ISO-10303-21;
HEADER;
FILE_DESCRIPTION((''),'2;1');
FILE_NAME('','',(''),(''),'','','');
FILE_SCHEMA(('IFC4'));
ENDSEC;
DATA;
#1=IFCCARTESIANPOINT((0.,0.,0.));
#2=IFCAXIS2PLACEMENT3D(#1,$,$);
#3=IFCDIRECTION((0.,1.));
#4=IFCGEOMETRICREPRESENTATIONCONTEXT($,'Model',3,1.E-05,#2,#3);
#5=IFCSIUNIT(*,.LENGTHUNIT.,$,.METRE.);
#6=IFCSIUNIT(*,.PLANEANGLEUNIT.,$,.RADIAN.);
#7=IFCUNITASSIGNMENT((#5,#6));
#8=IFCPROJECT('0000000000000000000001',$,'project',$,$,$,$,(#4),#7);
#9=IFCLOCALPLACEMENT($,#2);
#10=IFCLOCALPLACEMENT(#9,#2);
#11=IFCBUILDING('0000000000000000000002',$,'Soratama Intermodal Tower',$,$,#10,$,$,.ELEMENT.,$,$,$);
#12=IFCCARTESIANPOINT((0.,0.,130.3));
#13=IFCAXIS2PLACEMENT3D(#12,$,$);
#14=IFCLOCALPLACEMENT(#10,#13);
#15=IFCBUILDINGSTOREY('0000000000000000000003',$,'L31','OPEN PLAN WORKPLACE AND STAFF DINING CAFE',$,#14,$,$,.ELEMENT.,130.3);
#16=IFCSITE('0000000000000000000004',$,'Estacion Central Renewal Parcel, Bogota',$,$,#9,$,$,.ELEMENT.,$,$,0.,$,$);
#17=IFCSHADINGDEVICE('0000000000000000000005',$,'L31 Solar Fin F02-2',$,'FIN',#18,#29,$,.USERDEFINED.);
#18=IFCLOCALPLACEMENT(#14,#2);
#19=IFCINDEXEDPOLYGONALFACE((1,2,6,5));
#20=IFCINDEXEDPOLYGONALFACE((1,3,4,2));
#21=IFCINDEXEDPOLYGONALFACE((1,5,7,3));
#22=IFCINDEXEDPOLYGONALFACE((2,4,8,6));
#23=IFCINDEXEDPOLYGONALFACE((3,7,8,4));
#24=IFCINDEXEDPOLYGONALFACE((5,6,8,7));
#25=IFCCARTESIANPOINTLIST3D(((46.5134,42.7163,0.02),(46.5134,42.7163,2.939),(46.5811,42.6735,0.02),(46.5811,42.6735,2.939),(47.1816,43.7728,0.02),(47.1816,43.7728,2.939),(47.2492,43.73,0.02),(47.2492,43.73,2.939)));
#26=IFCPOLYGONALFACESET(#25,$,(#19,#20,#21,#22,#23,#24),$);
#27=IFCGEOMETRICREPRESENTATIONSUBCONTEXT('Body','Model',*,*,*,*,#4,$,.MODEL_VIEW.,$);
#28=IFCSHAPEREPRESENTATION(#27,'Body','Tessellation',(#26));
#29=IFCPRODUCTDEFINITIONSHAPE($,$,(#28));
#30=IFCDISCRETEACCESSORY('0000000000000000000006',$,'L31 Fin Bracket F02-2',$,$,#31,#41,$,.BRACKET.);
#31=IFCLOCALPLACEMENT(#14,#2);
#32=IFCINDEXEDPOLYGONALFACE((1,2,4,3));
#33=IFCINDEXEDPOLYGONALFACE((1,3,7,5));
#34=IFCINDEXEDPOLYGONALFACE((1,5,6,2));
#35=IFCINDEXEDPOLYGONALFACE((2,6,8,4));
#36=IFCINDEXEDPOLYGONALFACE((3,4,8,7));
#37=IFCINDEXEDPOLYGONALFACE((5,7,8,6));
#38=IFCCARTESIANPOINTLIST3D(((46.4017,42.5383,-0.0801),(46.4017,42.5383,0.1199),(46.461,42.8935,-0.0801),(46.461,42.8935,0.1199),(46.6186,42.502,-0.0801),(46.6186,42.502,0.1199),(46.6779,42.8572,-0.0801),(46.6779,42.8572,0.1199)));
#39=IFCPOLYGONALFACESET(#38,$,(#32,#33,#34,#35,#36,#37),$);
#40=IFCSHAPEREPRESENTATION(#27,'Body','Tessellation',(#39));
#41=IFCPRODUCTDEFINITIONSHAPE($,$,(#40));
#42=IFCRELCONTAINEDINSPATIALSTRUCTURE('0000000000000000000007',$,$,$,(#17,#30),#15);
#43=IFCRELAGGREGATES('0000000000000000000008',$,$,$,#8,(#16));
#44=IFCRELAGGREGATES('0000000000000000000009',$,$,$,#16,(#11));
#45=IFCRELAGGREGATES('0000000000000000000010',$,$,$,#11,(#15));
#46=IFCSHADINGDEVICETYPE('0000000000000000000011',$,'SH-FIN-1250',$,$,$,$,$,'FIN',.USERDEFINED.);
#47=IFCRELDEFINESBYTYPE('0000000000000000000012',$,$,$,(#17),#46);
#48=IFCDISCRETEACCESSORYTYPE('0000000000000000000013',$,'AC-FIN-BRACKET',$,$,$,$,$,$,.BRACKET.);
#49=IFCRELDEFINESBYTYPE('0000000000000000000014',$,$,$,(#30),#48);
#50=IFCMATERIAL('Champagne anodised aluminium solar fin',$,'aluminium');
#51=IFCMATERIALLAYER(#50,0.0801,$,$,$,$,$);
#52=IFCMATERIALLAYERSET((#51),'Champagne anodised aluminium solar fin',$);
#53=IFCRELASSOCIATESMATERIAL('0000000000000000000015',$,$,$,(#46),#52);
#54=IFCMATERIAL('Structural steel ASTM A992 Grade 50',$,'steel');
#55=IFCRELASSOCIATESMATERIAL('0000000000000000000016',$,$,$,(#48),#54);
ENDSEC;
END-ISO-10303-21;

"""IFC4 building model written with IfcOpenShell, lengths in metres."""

from ifc_helpers import new_model, si_unit, direction, frame, origin, origin_2d, place, context, subcontext, project, spatial, rectangle, extrude, material, layer, layer_set, type_object, element, save


model = new_model("IFC4")

# Units and contexts
model_context = context("Model", 3, precision=1e-05, world=origin(), true_north=direction((0.0, 1.0)))
body_context = subcontext(model_context, "Body", "Model", "MODEL_VIEW")
ifc_project = project(units=[si_unit("LENGTHUNIT", "METRE"), si_unit("PLANEANGLEUNIT", "RADIAN")], contexts=[model_context])

# Site, building, storey
site_placement = place(None, origin())
site = spatial("IfcSite", under=ifc_project, at=site_placement, Name="Estacion Central Renewal Parcel, Bogota", CompositionType="ELEMENT", RefElevation=0.0)
building_placement = place(site_placement, origin())
building = spatial("IfcBuilding", under=site, at=building_placement, Name="Soratama Intermodal Tower", CompositionType="ELEMENT")
storey_placement = place(building_placement, frame((0.0, 0.0, 130.3)))
storey = spatial("IfcBuildingStorey", under=building, at=storey_placement, Name="L31", Description="OPEN PLAN WORKPLACE AND STAFF DINING CAFE", CompositionType="ELEMENT", Elevation=130.3)

# Shading device
ifc_material_1 = material(Name="Champagne anodised aluminium solar fin", Category="aluminium")
ifc_layer_1 = layer(ifc_material_1, 0.0801)
ifc_layer_set_1 = layer_set([ifc_layer_1], Name="Champagne anodised aluminium solar fin")
shading_device_type = type_object("IfcShadingDeviceType", Name="SH-FIN-1250", ElementType="FIN", PredefinedType="USERDEFINED", material=ifc_layer_set_1)
shading_device_placement = place(storey_placement, frame((46.8813, 43.2231, 0.02), z_axis=(0.0, 0.0, 1.0), x_axis=(0.5345, 0.845169, 0.0)))
element("IfcShadingDevice", 1, at=shading_device_placement, inside=storey, type_object=shading_device_type, Name="L31 Solar Fin F02-2", ObjectType="FIN", PredefinedType="USERDEFINED", context=body_context, shape_type="SweptSolid", body=[
    extrude(rectangle(XDim=1.25, YDim=0.0801, at=origin_2d()), origin(), (0.0, 0.0, 1.0), 2.9189),
])

# Discrete accessory
ifc_material_2 = material(Name="Structural steel ASTM A992 Grade 50", Category="steel")
discrete_accessory_type = type_object("IfcDiscreteAccessoryType", Name="AC-FIN-BRACKET", PredefinedType="BRACKET", material=ifc_material_2)
discrete_accessory_placement = place(storey_placement, frame((46.5398, 42.6978, -0.0801), z_axis=(0.0, 0.0, 1.0), x_axis=(0.164703, 0.986343, 0.0)))
element("IfcDiscreteAccessory", 2, at=discrete_accessory_placement, inside=storey, type_object=discrete_accessory_type, Name="L31 Fin Bracket F02-2", PredefinedType="BRACKET", context=body_context, shape_type="SweptSolid", body=[
    extrude(rectangle(XDim=0.3601, YDim=0.22, at=origin_2d()), origin(), (0.0, 0.0, 1.0), 0.2),
])

save(model, "model.ifc")
